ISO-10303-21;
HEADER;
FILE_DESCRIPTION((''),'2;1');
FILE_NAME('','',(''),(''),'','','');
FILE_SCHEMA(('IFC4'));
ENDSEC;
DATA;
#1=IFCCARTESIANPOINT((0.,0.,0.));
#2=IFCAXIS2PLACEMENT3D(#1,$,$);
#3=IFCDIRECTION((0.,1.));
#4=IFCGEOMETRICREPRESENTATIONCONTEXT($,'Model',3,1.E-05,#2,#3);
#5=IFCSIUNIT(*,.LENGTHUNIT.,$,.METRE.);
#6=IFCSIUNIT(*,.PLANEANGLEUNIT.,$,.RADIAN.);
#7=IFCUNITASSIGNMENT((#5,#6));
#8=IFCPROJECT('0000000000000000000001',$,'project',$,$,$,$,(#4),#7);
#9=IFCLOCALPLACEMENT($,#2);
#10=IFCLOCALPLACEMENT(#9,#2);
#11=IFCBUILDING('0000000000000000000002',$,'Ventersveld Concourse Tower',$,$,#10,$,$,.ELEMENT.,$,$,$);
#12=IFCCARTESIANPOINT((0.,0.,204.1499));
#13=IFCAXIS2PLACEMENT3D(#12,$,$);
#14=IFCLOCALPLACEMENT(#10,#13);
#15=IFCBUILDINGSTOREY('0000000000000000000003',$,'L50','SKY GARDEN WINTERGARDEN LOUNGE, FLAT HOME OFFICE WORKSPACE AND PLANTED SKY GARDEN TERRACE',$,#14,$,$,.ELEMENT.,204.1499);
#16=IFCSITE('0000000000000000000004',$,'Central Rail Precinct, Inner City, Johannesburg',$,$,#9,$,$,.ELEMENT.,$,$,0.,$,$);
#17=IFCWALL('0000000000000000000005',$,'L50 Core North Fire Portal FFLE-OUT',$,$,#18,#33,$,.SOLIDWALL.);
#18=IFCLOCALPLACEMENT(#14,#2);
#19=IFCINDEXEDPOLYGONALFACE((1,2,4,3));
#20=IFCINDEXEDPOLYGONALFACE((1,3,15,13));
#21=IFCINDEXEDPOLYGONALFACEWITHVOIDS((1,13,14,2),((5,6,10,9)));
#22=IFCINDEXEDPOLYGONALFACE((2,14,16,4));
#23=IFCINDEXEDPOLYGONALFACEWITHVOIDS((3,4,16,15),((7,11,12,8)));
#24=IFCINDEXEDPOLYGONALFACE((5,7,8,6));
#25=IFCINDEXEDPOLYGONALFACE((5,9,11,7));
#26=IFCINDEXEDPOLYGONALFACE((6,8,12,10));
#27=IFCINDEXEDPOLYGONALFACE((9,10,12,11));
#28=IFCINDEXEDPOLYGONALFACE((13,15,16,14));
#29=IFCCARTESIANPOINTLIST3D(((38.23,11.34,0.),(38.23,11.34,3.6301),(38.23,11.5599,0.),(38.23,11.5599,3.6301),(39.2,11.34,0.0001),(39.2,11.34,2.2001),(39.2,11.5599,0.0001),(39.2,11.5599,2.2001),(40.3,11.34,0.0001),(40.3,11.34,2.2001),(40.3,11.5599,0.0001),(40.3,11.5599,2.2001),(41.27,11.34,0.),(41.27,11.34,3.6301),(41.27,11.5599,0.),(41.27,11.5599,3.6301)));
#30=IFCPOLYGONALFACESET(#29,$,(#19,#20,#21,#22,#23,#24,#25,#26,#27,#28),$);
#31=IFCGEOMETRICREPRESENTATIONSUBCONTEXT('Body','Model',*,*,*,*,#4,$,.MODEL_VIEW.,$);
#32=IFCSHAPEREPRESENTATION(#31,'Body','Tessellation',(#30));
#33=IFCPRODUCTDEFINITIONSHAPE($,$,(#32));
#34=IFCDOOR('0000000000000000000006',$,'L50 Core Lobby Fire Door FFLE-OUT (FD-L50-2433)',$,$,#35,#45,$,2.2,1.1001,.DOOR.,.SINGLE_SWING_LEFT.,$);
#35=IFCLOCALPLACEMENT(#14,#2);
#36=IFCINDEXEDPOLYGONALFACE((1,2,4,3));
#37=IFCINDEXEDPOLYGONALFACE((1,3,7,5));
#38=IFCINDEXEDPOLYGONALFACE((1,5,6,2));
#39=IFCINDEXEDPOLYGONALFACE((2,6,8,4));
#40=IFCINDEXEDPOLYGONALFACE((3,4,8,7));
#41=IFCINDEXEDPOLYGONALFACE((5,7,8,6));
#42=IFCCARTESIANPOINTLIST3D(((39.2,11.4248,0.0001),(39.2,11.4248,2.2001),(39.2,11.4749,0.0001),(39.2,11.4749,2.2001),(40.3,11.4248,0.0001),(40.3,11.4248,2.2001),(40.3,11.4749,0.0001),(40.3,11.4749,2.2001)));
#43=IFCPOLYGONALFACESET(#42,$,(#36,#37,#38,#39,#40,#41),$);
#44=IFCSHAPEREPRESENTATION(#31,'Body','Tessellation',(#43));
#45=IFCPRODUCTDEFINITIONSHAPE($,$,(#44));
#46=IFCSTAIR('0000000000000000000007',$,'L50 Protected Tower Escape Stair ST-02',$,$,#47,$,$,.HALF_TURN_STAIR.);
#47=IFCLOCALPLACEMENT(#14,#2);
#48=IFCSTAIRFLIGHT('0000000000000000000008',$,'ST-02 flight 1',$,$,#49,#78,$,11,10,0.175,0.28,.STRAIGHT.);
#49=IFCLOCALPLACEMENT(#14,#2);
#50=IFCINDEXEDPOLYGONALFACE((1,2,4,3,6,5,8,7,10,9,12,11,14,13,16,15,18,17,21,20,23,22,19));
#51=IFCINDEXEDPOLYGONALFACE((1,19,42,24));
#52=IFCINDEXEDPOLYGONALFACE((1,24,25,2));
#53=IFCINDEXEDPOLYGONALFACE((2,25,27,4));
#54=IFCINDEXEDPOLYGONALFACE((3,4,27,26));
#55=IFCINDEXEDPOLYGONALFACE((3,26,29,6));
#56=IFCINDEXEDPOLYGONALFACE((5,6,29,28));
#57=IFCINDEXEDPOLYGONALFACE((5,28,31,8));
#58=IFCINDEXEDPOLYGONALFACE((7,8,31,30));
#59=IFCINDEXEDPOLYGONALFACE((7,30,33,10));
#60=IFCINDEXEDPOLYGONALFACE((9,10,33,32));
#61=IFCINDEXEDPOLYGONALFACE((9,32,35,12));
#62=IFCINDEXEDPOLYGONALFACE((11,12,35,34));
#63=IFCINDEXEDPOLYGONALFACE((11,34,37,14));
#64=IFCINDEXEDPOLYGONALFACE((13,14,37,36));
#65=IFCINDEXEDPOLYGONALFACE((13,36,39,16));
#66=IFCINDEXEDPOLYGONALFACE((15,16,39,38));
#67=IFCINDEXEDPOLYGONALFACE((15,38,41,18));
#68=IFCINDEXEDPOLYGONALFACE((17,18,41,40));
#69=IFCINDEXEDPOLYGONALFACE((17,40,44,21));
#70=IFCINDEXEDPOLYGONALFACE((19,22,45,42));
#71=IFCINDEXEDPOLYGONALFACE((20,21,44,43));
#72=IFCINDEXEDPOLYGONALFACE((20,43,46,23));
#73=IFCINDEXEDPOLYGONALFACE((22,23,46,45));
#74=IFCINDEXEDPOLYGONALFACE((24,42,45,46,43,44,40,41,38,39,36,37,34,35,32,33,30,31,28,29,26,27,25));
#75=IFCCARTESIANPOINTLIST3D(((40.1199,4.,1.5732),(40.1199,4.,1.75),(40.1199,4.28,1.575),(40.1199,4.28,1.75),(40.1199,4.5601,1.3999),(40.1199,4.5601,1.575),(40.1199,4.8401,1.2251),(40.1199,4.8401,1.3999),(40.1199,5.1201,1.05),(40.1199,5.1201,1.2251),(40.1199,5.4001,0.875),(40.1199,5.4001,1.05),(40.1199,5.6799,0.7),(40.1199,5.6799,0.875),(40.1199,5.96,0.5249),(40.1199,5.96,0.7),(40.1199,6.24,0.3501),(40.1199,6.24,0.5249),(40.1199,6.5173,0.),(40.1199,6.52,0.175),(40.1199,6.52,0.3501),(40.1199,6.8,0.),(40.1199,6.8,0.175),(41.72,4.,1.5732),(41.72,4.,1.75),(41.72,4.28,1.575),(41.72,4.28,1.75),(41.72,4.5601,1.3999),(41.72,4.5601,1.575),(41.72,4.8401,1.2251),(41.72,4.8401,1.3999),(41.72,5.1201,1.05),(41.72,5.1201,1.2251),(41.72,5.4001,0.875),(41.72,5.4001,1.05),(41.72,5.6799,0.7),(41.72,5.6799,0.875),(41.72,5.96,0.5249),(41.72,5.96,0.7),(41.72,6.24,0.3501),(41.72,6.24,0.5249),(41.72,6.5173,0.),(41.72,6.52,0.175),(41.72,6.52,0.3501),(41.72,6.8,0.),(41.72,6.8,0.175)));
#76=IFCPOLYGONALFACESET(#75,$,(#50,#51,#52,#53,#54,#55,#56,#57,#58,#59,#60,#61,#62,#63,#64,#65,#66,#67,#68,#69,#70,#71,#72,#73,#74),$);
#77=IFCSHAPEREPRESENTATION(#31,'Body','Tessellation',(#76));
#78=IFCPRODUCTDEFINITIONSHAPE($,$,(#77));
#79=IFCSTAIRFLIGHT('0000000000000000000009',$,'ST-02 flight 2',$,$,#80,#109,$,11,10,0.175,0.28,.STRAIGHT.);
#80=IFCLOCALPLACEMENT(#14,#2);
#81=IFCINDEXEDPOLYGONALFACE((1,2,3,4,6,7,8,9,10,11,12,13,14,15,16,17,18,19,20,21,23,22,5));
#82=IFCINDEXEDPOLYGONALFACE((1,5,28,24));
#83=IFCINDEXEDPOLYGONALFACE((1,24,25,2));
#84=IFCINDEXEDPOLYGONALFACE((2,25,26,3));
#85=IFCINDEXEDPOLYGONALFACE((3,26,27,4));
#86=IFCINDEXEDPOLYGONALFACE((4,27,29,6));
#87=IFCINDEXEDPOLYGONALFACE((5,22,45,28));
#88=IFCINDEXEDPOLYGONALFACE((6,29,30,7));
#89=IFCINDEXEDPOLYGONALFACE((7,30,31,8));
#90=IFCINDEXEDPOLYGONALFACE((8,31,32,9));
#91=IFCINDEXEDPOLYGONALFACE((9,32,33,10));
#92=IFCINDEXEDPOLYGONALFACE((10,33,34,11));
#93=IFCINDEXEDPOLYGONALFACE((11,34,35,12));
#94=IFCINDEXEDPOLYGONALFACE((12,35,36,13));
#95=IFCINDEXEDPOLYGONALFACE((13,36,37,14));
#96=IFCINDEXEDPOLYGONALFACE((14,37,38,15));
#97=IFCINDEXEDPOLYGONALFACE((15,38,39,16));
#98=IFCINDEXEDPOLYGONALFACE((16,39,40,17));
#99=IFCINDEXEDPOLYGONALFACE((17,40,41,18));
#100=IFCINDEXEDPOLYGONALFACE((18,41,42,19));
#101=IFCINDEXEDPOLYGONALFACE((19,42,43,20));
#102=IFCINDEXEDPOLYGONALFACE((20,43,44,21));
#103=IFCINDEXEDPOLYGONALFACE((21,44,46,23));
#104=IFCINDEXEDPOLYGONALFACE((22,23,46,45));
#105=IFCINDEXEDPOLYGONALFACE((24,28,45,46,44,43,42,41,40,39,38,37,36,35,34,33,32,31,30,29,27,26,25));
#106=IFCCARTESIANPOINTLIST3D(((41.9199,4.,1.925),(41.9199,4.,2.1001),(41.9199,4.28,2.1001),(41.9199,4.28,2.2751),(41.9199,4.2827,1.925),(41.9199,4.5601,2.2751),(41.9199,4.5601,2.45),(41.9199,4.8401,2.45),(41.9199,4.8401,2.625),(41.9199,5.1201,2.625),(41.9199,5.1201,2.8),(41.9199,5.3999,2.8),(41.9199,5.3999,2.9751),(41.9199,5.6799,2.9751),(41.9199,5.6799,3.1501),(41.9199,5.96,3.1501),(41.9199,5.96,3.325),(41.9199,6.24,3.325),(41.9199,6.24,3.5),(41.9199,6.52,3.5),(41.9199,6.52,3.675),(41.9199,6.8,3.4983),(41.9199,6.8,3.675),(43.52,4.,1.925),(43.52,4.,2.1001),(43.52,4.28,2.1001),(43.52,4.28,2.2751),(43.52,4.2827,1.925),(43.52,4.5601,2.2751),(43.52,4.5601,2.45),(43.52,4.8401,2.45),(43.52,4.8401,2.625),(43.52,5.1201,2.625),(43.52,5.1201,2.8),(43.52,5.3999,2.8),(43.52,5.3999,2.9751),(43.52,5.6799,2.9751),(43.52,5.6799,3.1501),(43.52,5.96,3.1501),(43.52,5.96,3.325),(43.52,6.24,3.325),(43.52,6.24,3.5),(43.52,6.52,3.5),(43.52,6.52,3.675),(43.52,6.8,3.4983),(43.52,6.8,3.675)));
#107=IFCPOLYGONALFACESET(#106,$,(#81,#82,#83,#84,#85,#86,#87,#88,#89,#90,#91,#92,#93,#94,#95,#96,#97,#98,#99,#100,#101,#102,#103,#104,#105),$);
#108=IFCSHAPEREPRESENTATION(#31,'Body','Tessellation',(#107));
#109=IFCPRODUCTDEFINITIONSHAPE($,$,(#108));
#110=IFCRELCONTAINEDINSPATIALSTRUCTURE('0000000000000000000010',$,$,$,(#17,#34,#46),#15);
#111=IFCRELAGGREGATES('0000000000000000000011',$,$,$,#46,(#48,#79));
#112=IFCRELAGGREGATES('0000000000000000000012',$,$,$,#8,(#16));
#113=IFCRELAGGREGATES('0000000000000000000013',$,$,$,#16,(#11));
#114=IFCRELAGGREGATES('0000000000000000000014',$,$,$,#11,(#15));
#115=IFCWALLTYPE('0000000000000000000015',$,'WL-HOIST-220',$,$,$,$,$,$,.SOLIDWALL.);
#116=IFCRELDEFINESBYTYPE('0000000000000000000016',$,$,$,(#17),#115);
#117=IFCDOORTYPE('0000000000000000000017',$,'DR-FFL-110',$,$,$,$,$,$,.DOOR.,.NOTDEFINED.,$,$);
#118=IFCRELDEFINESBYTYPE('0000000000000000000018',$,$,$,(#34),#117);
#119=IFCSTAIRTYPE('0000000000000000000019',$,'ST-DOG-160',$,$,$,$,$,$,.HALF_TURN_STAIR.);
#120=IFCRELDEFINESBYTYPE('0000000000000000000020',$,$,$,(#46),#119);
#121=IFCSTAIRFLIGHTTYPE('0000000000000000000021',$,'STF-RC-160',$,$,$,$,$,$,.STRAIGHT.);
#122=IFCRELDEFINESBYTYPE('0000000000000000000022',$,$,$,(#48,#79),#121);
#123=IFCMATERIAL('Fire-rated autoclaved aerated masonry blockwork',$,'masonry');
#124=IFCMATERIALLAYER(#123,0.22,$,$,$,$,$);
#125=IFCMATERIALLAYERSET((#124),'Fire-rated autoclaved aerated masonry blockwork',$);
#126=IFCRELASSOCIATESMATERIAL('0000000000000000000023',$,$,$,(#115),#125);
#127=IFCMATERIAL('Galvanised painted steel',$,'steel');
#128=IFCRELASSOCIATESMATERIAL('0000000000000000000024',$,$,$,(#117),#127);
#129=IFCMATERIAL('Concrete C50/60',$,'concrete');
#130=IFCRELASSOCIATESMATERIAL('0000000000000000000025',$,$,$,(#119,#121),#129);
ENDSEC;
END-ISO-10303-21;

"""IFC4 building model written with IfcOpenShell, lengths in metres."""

from ifc_helpers import new_model, si_unit, direction, frame, frame_2d, origin, place, context, subcontext, project, spatial, polyline, rectangle, outline, extrude, material, layer, layer_set, type_object, element, fill, aggregate, save


model = new_model("IFC4")

# Units and contexts
model_context = context("Model", 3, precision=1e-05, world=origin(), true_north=direction((0.0, 1.0)))
body_context = subcontext(model_context, "Body", "Model", "MODEL_VIEW")
ifc_project = project(units=[si_unit("LENGTHUNIT", "METRE"), si_unit("PLANEANGLEUNIT", "RADIAN")], contexts=[model_context])

# Site, building, storey
site_placement = place(None, origin())
site = spatial("IfcSite", under=ifc_project, at=site_placement, Name="Central Rail Precinct, Inner City, Johannesburg", CompositionType="ELEMENT", RefElevation=0.0)
building_placement = place(site_placement, origin())
building = spatial("IfcBuilding", under=site, at=building_placement, Name="Ventersveld Concourse Tower", CompositionType="ELEMENT")
storey_placement = place(building_placement, frame((0.0, 0.0, 204.1499)))
storey = spatial("IfcBuildingStorey", under=building, at=storey_placement, Name="L50", Description="SKY GARDEN WINTERGARDEN LOUNGE, FLAT HOME OFFICE WORKSPACE AND PLANTED SKY GARDEN TERRACE", CompositionType="ELEMENT", Elevation=204.1499)

# Shared definitions
ifc_material_1 = material(Name="Concrete C50/60", Category="concrete")

# Shared definitions
ifc_material_2 = material(Name="Fire-rated autoclaved aerated masonry blockwork", Category="masonry")
ifc_layer_1 = layer(ifc_material_2, 0.22)
ifc_layer_set_1 = layer_set([ifc_layer_1], Name="Fire-rated autoclaved aerated masonry blockwork")
wall_type_1 = type_object("IfcWallType", Name="WL-HOIST-220", PredefinedType="SOLIDWALL", material=ifc_layer_set_1)

# Wall, opening, door
ifc_material_3 = material(Name="Galvanised painted steel", Category="steel")
door_type_1 = type_object("IfcDoorType", Name="DR-FFL-110", OperationType="NOTDEFINED", PredefinedType="DOOR", material=ifc_material_3)
wall_1_placement = place(storey_placement, frame((38.23, 11.45, 0.0), z_axis=(0.0, 0.0, 1.0), x_axis=(1.0, 0.0, 0.0)))
wall_1 = element("IfcWall", 1, at=wall_1_placement, inside=storey, type_object=wall_type_1, Name="L50 Core North Fire Portal FFLE-OUT", PredefinedType="SOLIDWALL", context=body_context, shape_type="SweptSolid", body=[
    extrude(rectangle(XDim=3.04, YDim=0.22, at=frame_2d((1.52, 0.0))), origin(), (0.0, 0.0, 1.0), 3.6301),
])
opening_1_placement = place(wall_1_placement, frame((0.97, 0.0, 0.0)))
opening_1 = element("IfcOpeningElement", 2, at=opening_1_placement, cuts=wall_1, PredefinedType="OPENING", context=body_context, shape_type="SweptSolid", body=[
    extrude(rectangle(XDim=1.1001, YDim=2.2, at=frame_2d((0.55, 1.1001))), frame((0.0, 0.1201, 0.0), z_axis=(0.0, -1.0, 0.0), x_axis=(1.0, 0.0, 0.0)), (0.0, 0.0, 1.0), 0.24),
])
door_1_placement = place(opening_1_placement, origin())
door_1 = element("IfcDoor", 3, at=door_1_placement, inside=storey, type_object=door_type_1, Name="L50 Core Lobby Fire Door FFLE-OUT (FD-L50-2433)", OperationType="SINGLE_SWING_LEFT", OverallHeight=2.2, OverallWidth=1.1001, PredefinedType="DOOR", context=body_context, shape_type="SweptSolid", body=[
    extrude(rectangle(XDim=1.1001, YDim=2.2, at=frame_2d((0.55, 1.1001))), frame((0.0, 0.0249, 0.0), z_axis=(0.0, -1.0, 0.0), x_axis=(1.0, 0.0, 0.0)), (0.0, 0.0, 1.0), 0.05),
])
fill(opening_1, door_1)

# Stair, stair flights
stair_type = type_object("IfcStairType", Name="ST-DOG-160", PredefinedType="HALF_TURN_STAIR", material=ifc_material_1)
stair_placement = place(storey_placement, origin())
stair = element("IfcStair", 4, at=stair_placement, inside=storey, type_object=stair_type, Name="L50 Protected Tower Escape Stair ST-02", PredefinedType="HALF_TURN_STAIR")
stair_flight_type = type_object("IfcStairFlightType", Name="STF-RC-160", PredefinedType="STRAIGHT", material=ifc_material_1)
stair_flight_1_placement = place(storey_placement, frame((40.9199, 6.8, 0.0), z_axis=(0.0, 0.0, 1.0), x_axis=(0.0, -1.0, 0.0)))
stair_flight_1 = element("IfcStairFlight", 5, at=stair_flight_1_placement, type_object=stair_flight_type, Name="ST-02 flight 1", NumberOfRisers=11, NumberOfTreads=10, PredefinedType="STRAIGHT", RiserHeight=0.175, TreadLength=0.28, context=body_context, shape_type="SweptSolid", body=[
    extrude(outline(polyline([(0.0, 0.0), (0.0, 0.175), (0.28, 0.175), (0.28, 0.3501), (0.5601, 0.3501), (0.5601, 0.5249), (0.8401, 0.5249), (0.8401, 0.7), (1.1201, 0.7), (1.1201, 0.875), (1.3999, 0.875), (1.3999, 1.05), (1.6799, 1.05), (1.6799, 1.2251), (1.96, 1.2251), (1.96, 1.3999), (2.24, 1.3999), (2.24, 1.575), (2.52, 1.575), (2.52, 1.75), (2.8, 1.75), (2.8, 1.925), (2.8, 1.5732), (0.2827, 0.0), (0.0, 0.0)])), frame((0.0, 0.8, 0.0), z_axis=(0.0, -1.0, 0.0), x_axis=(1.0, 0.0, 0.0)), (0.0, 0.0, 1.0), 1.6001),
])
stair_flight_2_placement = place(storey_placement, frame((42.72, 4.0, 1.925), z_axis=(0.0, 0.0, 1.0), x_axis=(0.0, 1.0, 0.0)))
stair_flight_2 = element("IfcStairFlight", 6, at=stair_flight_2_placement, type_object=stair_flight_type, Name="ST-02 flight 2", NumberOfRisers=11, NumberOfTreads=10, PredefinedType="STRAIGHT", RiserHeight=0.175, TreadLength=0.28, context=body_context, shape_type="SweptSolid", body=[
    extrude(outline(polyline([(0.0, 0.0), (0.0, 0.175), (0.28, 0.175), (0.28, 0.3501), (0.5601, 0.3501), (0.5601, 0.5249), (0.8401, 0.5249), (0.8401, 0.7), (1.1201, 0.7), (1.1201, 0.875), (1.3999, 0.875), (1.3999, 1.05), (1.6799, 1.05), (1.6799, 1.2251), (1.96, 1.2251), (1.96, 1.3999), (2.24, 1.3999), (2.24, 1.575), (2.52, 1.575), (2.52, 1.75), (2.8, 1.75), (2.8, 1.925), (2.8, 1.5732), (0.2827, 0.0), (0.0, 0.0)])), frame((0.0, 0.8, 0.0), z_axis=(0.0, -1.0, 0.0), x_axis=(1.0, 0.0, 0.0)), (0.0, 0.0, 1.0), 1.6001),
])
aggregate(stair, [stair_flight_1, stair_flight_2])

save(model, "model.ifc")
